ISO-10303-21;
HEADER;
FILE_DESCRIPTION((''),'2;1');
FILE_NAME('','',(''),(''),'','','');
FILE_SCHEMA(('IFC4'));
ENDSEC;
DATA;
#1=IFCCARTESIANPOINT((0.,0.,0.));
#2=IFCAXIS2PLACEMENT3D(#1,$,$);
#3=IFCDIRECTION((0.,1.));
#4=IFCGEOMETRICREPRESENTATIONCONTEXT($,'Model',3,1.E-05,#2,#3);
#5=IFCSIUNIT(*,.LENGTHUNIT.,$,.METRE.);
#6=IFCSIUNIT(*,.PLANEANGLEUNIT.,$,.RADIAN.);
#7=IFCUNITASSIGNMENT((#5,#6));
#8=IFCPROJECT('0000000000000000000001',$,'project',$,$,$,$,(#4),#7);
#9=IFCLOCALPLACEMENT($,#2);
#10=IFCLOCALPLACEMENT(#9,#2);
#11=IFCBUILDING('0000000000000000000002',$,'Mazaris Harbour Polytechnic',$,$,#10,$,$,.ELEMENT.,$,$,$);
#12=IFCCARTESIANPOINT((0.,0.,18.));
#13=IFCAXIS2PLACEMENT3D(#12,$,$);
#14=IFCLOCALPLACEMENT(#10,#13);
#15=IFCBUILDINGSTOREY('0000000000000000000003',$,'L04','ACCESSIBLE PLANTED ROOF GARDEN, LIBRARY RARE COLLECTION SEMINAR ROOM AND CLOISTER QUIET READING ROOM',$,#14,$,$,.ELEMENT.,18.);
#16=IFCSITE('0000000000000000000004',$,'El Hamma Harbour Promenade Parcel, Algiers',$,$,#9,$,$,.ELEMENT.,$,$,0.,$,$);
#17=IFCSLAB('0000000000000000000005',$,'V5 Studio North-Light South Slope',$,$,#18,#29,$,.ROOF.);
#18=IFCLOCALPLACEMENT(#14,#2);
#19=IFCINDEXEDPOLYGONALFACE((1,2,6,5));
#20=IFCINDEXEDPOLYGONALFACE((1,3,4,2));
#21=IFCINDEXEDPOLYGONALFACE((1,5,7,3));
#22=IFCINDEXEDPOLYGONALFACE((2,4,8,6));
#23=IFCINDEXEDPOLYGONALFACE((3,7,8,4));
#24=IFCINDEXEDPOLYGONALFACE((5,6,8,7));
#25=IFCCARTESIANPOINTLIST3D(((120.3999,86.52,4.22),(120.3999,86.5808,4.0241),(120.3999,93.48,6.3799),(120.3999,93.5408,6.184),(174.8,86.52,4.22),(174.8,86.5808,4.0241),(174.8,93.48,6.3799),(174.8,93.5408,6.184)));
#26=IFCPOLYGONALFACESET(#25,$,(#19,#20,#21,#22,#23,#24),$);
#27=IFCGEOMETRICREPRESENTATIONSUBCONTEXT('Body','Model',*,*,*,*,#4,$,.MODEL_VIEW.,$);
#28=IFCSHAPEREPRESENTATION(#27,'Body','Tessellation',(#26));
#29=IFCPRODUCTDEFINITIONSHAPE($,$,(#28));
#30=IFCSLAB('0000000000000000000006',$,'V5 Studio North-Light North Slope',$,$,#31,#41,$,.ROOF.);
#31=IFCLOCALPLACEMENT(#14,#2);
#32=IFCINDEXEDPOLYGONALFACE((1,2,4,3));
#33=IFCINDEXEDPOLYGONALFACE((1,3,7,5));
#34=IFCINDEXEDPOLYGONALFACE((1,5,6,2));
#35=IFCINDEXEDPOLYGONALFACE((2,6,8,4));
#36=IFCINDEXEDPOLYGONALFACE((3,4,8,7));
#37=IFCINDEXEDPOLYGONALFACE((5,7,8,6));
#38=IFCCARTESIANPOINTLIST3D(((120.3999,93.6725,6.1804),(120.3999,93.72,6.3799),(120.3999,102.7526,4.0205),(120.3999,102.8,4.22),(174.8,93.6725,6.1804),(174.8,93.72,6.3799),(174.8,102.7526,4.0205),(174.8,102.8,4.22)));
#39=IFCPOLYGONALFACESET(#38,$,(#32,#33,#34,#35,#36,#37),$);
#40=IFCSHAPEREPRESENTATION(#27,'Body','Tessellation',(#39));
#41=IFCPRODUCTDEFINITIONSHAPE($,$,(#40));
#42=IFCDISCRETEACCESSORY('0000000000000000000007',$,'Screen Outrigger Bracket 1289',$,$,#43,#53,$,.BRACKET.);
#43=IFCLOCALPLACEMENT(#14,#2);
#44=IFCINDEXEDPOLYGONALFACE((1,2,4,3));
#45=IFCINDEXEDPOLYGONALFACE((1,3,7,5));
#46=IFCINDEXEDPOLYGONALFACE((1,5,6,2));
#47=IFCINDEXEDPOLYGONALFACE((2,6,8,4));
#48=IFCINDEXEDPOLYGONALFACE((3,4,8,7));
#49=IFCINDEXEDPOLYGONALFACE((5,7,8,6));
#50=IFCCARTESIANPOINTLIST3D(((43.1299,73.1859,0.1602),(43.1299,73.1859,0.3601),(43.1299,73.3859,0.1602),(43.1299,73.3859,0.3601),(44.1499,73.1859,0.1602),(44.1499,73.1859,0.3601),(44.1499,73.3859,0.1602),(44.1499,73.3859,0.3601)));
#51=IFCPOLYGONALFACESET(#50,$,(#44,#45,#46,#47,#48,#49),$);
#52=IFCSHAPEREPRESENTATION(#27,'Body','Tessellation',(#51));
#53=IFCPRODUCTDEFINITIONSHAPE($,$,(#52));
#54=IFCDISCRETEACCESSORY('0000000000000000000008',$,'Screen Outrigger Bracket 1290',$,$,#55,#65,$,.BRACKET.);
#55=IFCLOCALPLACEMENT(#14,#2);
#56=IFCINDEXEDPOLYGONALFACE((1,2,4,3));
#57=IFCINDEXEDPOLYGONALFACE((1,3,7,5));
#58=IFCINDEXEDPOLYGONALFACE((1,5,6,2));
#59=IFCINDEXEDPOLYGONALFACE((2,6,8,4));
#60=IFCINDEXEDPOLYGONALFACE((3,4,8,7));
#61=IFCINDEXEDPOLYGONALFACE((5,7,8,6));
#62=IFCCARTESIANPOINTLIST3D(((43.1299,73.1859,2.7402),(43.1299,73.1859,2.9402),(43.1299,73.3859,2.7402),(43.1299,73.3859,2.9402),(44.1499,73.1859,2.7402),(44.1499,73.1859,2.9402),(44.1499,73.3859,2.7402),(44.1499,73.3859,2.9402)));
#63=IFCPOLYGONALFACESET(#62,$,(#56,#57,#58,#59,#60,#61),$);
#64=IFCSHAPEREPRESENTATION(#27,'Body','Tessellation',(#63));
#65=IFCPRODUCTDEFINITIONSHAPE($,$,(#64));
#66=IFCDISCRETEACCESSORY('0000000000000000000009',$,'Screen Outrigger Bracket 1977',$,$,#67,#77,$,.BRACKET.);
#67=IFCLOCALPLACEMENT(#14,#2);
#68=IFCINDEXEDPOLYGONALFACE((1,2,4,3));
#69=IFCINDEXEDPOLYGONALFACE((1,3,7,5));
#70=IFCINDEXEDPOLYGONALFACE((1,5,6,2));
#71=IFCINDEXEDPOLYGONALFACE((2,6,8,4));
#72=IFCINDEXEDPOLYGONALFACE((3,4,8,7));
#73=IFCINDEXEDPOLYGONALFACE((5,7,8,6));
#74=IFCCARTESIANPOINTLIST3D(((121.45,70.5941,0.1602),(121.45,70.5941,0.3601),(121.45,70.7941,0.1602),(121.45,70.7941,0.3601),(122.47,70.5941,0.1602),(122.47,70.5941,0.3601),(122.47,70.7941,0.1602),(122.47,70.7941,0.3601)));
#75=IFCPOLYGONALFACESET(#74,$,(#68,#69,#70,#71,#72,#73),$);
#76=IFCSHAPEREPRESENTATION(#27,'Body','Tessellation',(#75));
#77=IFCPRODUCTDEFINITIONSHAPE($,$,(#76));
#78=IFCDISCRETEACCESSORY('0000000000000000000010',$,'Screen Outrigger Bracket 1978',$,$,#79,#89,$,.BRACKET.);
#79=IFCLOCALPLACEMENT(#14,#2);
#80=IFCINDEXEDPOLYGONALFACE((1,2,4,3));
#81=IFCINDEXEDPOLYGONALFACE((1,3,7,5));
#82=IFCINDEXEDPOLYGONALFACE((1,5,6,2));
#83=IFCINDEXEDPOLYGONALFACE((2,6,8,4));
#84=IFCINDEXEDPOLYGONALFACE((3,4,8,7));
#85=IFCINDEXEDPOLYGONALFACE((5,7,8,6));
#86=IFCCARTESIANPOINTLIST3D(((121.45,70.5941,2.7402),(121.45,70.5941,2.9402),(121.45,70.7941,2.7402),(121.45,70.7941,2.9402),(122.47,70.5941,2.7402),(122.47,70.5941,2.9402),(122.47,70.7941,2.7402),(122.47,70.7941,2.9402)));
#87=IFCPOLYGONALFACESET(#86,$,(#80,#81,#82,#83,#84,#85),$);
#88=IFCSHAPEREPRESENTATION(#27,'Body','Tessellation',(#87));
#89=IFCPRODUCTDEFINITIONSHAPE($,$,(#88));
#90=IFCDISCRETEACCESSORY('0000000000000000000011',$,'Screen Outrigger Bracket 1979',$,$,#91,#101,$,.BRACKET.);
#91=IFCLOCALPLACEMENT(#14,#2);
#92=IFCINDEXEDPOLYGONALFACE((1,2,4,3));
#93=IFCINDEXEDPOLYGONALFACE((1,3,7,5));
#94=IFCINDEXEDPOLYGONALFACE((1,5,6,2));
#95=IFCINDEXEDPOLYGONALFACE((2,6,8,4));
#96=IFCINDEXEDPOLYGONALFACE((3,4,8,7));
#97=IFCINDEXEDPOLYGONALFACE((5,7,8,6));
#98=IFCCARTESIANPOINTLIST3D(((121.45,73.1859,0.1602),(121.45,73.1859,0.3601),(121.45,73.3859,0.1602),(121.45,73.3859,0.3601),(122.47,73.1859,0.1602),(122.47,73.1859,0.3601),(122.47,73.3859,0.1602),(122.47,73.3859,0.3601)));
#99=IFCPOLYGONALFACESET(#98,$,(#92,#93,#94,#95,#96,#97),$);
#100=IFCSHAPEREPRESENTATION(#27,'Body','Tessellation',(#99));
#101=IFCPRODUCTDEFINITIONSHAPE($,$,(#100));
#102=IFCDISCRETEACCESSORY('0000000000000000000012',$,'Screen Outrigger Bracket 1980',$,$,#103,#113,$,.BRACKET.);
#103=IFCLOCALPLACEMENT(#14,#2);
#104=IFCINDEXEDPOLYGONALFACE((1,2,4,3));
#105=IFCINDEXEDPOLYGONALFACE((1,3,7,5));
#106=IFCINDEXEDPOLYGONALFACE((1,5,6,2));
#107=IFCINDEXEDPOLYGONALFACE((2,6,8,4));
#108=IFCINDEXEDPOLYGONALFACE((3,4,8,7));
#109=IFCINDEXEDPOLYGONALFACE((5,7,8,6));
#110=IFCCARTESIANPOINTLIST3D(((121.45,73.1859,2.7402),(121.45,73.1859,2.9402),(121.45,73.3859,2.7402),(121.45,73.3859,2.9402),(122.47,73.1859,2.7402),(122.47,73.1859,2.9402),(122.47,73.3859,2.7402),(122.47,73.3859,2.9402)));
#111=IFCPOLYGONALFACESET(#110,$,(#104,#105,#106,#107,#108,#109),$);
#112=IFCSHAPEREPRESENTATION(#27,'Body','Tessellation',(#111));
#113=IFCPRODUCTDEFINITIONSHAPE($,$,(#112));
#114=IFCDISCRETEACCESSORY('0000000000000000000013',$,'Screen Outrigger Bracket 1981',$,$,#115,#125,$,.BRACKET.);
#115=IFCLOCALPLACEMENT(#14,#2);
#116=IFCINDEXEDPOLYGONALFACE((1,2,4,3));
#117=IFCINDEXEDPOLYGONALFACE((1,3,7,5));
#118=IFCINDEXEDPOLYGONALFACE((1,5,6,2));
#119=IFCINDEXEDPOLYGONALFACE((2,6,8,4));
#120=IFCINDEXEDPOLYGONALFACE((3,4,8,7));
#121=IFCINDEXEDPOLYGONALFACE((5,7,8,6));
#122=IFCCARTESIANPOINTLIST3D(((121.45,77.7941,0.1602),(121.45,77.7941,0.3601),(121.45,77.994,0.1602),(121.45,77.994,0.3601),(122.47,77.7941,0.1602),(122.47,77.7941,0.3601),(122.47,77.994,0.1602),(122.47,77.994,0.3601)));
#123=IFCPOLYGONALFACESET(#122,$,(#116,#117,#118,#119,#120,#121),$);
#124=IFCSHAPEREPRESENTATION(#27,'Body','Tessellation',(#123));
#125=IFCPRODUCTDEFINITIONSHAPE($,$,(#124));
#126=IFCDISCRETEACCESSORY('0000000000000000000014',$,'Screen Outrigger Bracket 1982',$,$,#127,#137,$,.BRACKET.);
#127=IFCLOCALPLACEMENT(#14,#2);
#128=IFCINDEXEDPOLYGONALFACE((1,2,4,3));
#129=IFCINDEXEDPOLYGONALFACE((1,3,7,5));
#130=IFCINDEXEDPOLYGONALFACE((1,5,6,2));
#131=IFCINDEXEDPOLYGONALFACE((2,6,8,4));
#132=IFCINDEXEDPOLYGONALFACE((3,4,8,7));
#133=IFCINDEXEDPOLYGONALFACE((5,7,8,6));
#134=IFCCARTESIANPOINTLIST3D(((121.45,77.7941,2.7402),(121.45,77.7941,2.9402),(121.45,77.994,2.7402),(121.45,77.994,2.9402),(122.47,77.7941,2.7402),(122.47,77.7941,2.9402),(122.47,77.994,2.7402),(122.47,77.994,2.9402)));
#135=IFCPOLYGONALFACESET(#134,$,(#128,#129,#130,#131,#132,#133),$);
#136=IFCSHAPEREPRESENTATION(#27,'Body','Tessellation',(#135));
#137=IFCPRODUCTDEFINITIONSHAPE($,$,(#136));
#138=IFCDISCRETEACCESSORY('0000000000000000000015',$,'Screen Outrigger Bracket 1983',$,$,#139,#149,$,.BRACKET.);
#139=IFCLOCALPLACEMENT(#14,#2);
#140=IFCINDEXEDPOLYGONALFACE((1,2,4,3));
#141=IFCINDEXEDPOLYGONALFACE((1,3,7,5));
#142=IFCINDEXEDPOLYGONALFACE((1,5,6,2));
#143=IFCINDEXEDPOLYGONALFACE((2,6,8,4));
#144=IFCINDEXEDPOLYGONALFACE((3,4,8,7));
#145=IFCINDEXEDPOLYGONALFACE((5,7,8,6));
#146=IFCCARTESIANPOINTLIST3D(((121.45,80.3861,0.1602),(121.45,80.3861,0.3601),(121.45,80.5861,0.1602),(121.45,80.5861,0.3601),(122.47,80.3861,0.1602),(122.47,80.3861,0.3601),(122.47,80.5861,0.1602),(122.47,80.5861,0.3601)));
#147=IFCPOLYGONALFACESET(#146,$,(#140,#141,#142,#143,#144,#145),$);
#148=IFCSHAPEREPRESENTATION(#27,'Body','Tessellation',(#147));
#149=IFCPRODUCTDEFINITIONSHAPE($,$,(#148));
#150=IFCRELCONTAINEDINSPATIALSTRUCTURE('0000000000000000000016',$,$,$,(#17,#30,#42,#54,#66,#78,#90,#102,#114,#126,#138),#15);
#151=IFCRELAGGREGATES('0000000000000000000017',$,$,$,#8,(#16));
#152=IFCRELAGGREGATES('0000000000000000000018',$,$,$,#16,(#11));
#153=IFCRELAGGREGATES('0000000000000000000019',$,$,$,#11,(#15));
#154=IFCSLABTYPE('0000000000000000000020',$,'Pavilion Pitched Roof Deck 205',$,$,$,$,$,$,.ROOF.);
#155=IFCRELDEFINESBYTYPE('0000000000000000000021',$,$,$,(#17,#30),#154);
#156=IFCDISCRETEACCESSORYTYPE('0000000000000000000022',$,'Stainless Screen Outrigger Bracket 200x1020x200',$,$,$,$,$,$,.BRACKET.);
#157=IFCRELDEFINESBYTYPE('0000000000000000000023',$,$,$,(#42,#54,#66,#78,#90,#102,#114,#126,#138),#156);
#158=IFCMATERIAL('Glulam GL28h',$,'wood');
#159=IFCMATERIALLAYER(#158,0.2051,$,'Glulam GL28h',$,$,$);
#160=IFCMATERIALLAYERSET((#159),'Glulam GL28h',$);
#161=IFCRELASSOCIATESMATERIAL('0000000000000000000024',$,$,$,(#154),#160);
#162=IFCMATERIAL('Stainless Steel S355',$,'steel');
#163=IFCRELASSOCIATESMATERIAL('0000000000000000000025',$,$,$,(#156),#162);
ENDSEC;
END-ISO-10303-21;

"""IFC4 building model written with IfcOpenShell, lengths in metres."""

from ifc_helpers import new_model, si_unit, direction, frame, origin, origin_2d, place, context, subcontext, project, spatial, polyline, rectangle, outline, extrude, material, layer, layer_set, type_object, element, save


model = new_model("IFC4")

# Units and contexts
model_context = context("Model", 3, precision=1e-05, world=origin(), true_north=direction((0.0, 1.0)))
body_context = subcontext(model_context, "Body", "Model", "MODEL_VIEW")
ifc_project = project(units=[si_unit("LENGTHUNIT", "METRE"), si_unit("PLANEANGLEUNIT", "RADIAN")], contexts=[model_context])

# Site, building, storey
site_placement = place(None, origin())
site = spatial("IfcSite", under=ifc_project, at=site_placement, Name="El Hamma Harbour Promenade Parcel, Algiers", CompositionType="ELEMENT", RefElevation=0.0)
building_placement = place(site_placement, origin())
building = spatial("IfcBuilding", under=site, at=building_placement, Name="Mazaris Harbour Polytechnic", CompositionType="ELEMENT")
storey_placement = place(building_placement, frame((0.0, 0.0, 18.0)))
storey = spatial("IfcBuildingStorey", under=building, at=storey_placement, Name="L04", Description="ACCESSIBLE PLANTED ROOF GARDEN, LIBRARY RARE COLLECTION SEMINAR ROOM AND CLOISTER QUIET READING ROOM", CompositionType="ELEMENT", Elevation=18.0)

# Slabs
ifc_material_1 = material(Name="Glulam GL28h", Category="wood")
ifc_layer = layer(ifc_material_1, 0.2051, Name="Glulam GL28h")
ifc_layer_set = layer_set([ifc_layer], Name="Glulam GL28h")
slab_type = type_object("IfcSlabType", Name="Pavilion Pitched Roof Deck 205", PredefinedType="ROOF", material=ifc_layer_set)
slab_1_placement = place(storey_placement, frame((120.3999, 86.52, 4.22), z_axis=(0.0, -0.29639, 0.955067), x_axis=(1.0, 0.0, 0.0)))
element("IfcSlab", 1, at=slab_1_placement, inside=storey, type_object=slab_type, Name="V5 Studio North-Light South Slope", PredefinedType="ROOF", context=body_context, shape_type="SweptSolid", body=[
    extrude(outline(polyline([(0.0, 0.0), (54.4001, 0.0), (54.4001, 7.2874), (0.0, 7.2874), (0.0, 0.0)])), origin(), (0.0, 0.0, -1.0), 0.2051),
])
slab_2_placement = place(storey_placement, frame((120.3999, 93.72, 6.3799), z_axis=(0.0, 0.231417, 0.972855), x_axis=(1.0, 0.0, 0.0)))
element("IfcSlab", 2, at=slab_2_placement, inside=storey, type_object=slab_type, Name="V5 Studio North-Light North Slope", PredefinedType="ROOF", context=body_context, shape_type="SweptSolid", body=[
    extrude(outline(polyline([(0.0, 0.0), (54.4001, 0.0), (54.4001, 9.3334), (0.0, 9.3334), (0.0, 0.0)])), origin(), (0.0, 0.0, -1.0), 0.2051),
])

# Discrete accessories
ifc_material_2 = material(Name="Stainless Steel S355", Category="steel")
discrete_accessory_type = type_object("IfcDiscreteAccessoryType", Name="Stainless Screen Outrigger Bracket 200x1020x200", PredefinedType="BRACKET", material=ifc_material_2)
for number, where, z_axis, x_axis, name in (
    (3, (43.6399, 73.2859, 0.1602), (0.0, 0.0, 1.0), (0.0, -1.0, 0.0), "Screen Outrigger Bracket 1289"),
    (4, (43.6399, 73.2859, 2.7402), (0.0, 0.0, 1.0), (0.0, -1.0, 0.0), "Screen Outrigger Bracket 1290"),
    (5, (121.96, 70.6941, 0.1602), (0.0, 0.0, 1.0), (0.0, 1.0, 0.0), "Screen Outrigger Bracket 1977"),
    (6, (121.96, 70.6941, 2.7402), (0.0, 0.0, 1.0), (0.0, 1.0, 0.0), "Screen Outrigger Bracket 1978"),
    (7, (121.96, 73.2859, 0.1602), (0.0, 0.0, 1.0), (0.0, 1.0, 0.0), "Screen Outrigger Bracket 1979"),
    (8, (121.96, 73.2859, 2.7402), (0.0, 0.0, 1.0), (0.0, 1.0, 0.0), "Screen Outrigger Bracket 1980"),
    (9, (121.96, 77.894, 0.1602), (0.0, 0.0, 1.0), (0.0, 1.0, 0.0), "Screen Outrigger Bracket 1981"),
    (10, (121.96, 77.894, 2.7402), (0.0, 0.0, 1.0), (0.0, 1.0, 0.0), "Screen Outrigger Bracket 1982"),
    (11, (121.96, 80.4861, 0.1602), (0.0, 0.0, 1.0), (0.0, 1.0, 0.0), "Screen Outrigger Bracket 1983"),
):
    element("IfcDiscreteAccessory", number, at=place(storey_placement, frame(where, z_axis=z_axis, x_axis=x_axis)), inside=storey, type_object=discrete_accessory_type, Name=name, PredefinedType="BRACKET", context=body_context, shape_type="SweptSolid", body=[
        extrude(rectangle(XDim=0.2, YDim=1.02, at=origin_2d()), origin(), (0.0, 0.0, 1.0), 0.2),
    ])

save(model, "model.ifc")
